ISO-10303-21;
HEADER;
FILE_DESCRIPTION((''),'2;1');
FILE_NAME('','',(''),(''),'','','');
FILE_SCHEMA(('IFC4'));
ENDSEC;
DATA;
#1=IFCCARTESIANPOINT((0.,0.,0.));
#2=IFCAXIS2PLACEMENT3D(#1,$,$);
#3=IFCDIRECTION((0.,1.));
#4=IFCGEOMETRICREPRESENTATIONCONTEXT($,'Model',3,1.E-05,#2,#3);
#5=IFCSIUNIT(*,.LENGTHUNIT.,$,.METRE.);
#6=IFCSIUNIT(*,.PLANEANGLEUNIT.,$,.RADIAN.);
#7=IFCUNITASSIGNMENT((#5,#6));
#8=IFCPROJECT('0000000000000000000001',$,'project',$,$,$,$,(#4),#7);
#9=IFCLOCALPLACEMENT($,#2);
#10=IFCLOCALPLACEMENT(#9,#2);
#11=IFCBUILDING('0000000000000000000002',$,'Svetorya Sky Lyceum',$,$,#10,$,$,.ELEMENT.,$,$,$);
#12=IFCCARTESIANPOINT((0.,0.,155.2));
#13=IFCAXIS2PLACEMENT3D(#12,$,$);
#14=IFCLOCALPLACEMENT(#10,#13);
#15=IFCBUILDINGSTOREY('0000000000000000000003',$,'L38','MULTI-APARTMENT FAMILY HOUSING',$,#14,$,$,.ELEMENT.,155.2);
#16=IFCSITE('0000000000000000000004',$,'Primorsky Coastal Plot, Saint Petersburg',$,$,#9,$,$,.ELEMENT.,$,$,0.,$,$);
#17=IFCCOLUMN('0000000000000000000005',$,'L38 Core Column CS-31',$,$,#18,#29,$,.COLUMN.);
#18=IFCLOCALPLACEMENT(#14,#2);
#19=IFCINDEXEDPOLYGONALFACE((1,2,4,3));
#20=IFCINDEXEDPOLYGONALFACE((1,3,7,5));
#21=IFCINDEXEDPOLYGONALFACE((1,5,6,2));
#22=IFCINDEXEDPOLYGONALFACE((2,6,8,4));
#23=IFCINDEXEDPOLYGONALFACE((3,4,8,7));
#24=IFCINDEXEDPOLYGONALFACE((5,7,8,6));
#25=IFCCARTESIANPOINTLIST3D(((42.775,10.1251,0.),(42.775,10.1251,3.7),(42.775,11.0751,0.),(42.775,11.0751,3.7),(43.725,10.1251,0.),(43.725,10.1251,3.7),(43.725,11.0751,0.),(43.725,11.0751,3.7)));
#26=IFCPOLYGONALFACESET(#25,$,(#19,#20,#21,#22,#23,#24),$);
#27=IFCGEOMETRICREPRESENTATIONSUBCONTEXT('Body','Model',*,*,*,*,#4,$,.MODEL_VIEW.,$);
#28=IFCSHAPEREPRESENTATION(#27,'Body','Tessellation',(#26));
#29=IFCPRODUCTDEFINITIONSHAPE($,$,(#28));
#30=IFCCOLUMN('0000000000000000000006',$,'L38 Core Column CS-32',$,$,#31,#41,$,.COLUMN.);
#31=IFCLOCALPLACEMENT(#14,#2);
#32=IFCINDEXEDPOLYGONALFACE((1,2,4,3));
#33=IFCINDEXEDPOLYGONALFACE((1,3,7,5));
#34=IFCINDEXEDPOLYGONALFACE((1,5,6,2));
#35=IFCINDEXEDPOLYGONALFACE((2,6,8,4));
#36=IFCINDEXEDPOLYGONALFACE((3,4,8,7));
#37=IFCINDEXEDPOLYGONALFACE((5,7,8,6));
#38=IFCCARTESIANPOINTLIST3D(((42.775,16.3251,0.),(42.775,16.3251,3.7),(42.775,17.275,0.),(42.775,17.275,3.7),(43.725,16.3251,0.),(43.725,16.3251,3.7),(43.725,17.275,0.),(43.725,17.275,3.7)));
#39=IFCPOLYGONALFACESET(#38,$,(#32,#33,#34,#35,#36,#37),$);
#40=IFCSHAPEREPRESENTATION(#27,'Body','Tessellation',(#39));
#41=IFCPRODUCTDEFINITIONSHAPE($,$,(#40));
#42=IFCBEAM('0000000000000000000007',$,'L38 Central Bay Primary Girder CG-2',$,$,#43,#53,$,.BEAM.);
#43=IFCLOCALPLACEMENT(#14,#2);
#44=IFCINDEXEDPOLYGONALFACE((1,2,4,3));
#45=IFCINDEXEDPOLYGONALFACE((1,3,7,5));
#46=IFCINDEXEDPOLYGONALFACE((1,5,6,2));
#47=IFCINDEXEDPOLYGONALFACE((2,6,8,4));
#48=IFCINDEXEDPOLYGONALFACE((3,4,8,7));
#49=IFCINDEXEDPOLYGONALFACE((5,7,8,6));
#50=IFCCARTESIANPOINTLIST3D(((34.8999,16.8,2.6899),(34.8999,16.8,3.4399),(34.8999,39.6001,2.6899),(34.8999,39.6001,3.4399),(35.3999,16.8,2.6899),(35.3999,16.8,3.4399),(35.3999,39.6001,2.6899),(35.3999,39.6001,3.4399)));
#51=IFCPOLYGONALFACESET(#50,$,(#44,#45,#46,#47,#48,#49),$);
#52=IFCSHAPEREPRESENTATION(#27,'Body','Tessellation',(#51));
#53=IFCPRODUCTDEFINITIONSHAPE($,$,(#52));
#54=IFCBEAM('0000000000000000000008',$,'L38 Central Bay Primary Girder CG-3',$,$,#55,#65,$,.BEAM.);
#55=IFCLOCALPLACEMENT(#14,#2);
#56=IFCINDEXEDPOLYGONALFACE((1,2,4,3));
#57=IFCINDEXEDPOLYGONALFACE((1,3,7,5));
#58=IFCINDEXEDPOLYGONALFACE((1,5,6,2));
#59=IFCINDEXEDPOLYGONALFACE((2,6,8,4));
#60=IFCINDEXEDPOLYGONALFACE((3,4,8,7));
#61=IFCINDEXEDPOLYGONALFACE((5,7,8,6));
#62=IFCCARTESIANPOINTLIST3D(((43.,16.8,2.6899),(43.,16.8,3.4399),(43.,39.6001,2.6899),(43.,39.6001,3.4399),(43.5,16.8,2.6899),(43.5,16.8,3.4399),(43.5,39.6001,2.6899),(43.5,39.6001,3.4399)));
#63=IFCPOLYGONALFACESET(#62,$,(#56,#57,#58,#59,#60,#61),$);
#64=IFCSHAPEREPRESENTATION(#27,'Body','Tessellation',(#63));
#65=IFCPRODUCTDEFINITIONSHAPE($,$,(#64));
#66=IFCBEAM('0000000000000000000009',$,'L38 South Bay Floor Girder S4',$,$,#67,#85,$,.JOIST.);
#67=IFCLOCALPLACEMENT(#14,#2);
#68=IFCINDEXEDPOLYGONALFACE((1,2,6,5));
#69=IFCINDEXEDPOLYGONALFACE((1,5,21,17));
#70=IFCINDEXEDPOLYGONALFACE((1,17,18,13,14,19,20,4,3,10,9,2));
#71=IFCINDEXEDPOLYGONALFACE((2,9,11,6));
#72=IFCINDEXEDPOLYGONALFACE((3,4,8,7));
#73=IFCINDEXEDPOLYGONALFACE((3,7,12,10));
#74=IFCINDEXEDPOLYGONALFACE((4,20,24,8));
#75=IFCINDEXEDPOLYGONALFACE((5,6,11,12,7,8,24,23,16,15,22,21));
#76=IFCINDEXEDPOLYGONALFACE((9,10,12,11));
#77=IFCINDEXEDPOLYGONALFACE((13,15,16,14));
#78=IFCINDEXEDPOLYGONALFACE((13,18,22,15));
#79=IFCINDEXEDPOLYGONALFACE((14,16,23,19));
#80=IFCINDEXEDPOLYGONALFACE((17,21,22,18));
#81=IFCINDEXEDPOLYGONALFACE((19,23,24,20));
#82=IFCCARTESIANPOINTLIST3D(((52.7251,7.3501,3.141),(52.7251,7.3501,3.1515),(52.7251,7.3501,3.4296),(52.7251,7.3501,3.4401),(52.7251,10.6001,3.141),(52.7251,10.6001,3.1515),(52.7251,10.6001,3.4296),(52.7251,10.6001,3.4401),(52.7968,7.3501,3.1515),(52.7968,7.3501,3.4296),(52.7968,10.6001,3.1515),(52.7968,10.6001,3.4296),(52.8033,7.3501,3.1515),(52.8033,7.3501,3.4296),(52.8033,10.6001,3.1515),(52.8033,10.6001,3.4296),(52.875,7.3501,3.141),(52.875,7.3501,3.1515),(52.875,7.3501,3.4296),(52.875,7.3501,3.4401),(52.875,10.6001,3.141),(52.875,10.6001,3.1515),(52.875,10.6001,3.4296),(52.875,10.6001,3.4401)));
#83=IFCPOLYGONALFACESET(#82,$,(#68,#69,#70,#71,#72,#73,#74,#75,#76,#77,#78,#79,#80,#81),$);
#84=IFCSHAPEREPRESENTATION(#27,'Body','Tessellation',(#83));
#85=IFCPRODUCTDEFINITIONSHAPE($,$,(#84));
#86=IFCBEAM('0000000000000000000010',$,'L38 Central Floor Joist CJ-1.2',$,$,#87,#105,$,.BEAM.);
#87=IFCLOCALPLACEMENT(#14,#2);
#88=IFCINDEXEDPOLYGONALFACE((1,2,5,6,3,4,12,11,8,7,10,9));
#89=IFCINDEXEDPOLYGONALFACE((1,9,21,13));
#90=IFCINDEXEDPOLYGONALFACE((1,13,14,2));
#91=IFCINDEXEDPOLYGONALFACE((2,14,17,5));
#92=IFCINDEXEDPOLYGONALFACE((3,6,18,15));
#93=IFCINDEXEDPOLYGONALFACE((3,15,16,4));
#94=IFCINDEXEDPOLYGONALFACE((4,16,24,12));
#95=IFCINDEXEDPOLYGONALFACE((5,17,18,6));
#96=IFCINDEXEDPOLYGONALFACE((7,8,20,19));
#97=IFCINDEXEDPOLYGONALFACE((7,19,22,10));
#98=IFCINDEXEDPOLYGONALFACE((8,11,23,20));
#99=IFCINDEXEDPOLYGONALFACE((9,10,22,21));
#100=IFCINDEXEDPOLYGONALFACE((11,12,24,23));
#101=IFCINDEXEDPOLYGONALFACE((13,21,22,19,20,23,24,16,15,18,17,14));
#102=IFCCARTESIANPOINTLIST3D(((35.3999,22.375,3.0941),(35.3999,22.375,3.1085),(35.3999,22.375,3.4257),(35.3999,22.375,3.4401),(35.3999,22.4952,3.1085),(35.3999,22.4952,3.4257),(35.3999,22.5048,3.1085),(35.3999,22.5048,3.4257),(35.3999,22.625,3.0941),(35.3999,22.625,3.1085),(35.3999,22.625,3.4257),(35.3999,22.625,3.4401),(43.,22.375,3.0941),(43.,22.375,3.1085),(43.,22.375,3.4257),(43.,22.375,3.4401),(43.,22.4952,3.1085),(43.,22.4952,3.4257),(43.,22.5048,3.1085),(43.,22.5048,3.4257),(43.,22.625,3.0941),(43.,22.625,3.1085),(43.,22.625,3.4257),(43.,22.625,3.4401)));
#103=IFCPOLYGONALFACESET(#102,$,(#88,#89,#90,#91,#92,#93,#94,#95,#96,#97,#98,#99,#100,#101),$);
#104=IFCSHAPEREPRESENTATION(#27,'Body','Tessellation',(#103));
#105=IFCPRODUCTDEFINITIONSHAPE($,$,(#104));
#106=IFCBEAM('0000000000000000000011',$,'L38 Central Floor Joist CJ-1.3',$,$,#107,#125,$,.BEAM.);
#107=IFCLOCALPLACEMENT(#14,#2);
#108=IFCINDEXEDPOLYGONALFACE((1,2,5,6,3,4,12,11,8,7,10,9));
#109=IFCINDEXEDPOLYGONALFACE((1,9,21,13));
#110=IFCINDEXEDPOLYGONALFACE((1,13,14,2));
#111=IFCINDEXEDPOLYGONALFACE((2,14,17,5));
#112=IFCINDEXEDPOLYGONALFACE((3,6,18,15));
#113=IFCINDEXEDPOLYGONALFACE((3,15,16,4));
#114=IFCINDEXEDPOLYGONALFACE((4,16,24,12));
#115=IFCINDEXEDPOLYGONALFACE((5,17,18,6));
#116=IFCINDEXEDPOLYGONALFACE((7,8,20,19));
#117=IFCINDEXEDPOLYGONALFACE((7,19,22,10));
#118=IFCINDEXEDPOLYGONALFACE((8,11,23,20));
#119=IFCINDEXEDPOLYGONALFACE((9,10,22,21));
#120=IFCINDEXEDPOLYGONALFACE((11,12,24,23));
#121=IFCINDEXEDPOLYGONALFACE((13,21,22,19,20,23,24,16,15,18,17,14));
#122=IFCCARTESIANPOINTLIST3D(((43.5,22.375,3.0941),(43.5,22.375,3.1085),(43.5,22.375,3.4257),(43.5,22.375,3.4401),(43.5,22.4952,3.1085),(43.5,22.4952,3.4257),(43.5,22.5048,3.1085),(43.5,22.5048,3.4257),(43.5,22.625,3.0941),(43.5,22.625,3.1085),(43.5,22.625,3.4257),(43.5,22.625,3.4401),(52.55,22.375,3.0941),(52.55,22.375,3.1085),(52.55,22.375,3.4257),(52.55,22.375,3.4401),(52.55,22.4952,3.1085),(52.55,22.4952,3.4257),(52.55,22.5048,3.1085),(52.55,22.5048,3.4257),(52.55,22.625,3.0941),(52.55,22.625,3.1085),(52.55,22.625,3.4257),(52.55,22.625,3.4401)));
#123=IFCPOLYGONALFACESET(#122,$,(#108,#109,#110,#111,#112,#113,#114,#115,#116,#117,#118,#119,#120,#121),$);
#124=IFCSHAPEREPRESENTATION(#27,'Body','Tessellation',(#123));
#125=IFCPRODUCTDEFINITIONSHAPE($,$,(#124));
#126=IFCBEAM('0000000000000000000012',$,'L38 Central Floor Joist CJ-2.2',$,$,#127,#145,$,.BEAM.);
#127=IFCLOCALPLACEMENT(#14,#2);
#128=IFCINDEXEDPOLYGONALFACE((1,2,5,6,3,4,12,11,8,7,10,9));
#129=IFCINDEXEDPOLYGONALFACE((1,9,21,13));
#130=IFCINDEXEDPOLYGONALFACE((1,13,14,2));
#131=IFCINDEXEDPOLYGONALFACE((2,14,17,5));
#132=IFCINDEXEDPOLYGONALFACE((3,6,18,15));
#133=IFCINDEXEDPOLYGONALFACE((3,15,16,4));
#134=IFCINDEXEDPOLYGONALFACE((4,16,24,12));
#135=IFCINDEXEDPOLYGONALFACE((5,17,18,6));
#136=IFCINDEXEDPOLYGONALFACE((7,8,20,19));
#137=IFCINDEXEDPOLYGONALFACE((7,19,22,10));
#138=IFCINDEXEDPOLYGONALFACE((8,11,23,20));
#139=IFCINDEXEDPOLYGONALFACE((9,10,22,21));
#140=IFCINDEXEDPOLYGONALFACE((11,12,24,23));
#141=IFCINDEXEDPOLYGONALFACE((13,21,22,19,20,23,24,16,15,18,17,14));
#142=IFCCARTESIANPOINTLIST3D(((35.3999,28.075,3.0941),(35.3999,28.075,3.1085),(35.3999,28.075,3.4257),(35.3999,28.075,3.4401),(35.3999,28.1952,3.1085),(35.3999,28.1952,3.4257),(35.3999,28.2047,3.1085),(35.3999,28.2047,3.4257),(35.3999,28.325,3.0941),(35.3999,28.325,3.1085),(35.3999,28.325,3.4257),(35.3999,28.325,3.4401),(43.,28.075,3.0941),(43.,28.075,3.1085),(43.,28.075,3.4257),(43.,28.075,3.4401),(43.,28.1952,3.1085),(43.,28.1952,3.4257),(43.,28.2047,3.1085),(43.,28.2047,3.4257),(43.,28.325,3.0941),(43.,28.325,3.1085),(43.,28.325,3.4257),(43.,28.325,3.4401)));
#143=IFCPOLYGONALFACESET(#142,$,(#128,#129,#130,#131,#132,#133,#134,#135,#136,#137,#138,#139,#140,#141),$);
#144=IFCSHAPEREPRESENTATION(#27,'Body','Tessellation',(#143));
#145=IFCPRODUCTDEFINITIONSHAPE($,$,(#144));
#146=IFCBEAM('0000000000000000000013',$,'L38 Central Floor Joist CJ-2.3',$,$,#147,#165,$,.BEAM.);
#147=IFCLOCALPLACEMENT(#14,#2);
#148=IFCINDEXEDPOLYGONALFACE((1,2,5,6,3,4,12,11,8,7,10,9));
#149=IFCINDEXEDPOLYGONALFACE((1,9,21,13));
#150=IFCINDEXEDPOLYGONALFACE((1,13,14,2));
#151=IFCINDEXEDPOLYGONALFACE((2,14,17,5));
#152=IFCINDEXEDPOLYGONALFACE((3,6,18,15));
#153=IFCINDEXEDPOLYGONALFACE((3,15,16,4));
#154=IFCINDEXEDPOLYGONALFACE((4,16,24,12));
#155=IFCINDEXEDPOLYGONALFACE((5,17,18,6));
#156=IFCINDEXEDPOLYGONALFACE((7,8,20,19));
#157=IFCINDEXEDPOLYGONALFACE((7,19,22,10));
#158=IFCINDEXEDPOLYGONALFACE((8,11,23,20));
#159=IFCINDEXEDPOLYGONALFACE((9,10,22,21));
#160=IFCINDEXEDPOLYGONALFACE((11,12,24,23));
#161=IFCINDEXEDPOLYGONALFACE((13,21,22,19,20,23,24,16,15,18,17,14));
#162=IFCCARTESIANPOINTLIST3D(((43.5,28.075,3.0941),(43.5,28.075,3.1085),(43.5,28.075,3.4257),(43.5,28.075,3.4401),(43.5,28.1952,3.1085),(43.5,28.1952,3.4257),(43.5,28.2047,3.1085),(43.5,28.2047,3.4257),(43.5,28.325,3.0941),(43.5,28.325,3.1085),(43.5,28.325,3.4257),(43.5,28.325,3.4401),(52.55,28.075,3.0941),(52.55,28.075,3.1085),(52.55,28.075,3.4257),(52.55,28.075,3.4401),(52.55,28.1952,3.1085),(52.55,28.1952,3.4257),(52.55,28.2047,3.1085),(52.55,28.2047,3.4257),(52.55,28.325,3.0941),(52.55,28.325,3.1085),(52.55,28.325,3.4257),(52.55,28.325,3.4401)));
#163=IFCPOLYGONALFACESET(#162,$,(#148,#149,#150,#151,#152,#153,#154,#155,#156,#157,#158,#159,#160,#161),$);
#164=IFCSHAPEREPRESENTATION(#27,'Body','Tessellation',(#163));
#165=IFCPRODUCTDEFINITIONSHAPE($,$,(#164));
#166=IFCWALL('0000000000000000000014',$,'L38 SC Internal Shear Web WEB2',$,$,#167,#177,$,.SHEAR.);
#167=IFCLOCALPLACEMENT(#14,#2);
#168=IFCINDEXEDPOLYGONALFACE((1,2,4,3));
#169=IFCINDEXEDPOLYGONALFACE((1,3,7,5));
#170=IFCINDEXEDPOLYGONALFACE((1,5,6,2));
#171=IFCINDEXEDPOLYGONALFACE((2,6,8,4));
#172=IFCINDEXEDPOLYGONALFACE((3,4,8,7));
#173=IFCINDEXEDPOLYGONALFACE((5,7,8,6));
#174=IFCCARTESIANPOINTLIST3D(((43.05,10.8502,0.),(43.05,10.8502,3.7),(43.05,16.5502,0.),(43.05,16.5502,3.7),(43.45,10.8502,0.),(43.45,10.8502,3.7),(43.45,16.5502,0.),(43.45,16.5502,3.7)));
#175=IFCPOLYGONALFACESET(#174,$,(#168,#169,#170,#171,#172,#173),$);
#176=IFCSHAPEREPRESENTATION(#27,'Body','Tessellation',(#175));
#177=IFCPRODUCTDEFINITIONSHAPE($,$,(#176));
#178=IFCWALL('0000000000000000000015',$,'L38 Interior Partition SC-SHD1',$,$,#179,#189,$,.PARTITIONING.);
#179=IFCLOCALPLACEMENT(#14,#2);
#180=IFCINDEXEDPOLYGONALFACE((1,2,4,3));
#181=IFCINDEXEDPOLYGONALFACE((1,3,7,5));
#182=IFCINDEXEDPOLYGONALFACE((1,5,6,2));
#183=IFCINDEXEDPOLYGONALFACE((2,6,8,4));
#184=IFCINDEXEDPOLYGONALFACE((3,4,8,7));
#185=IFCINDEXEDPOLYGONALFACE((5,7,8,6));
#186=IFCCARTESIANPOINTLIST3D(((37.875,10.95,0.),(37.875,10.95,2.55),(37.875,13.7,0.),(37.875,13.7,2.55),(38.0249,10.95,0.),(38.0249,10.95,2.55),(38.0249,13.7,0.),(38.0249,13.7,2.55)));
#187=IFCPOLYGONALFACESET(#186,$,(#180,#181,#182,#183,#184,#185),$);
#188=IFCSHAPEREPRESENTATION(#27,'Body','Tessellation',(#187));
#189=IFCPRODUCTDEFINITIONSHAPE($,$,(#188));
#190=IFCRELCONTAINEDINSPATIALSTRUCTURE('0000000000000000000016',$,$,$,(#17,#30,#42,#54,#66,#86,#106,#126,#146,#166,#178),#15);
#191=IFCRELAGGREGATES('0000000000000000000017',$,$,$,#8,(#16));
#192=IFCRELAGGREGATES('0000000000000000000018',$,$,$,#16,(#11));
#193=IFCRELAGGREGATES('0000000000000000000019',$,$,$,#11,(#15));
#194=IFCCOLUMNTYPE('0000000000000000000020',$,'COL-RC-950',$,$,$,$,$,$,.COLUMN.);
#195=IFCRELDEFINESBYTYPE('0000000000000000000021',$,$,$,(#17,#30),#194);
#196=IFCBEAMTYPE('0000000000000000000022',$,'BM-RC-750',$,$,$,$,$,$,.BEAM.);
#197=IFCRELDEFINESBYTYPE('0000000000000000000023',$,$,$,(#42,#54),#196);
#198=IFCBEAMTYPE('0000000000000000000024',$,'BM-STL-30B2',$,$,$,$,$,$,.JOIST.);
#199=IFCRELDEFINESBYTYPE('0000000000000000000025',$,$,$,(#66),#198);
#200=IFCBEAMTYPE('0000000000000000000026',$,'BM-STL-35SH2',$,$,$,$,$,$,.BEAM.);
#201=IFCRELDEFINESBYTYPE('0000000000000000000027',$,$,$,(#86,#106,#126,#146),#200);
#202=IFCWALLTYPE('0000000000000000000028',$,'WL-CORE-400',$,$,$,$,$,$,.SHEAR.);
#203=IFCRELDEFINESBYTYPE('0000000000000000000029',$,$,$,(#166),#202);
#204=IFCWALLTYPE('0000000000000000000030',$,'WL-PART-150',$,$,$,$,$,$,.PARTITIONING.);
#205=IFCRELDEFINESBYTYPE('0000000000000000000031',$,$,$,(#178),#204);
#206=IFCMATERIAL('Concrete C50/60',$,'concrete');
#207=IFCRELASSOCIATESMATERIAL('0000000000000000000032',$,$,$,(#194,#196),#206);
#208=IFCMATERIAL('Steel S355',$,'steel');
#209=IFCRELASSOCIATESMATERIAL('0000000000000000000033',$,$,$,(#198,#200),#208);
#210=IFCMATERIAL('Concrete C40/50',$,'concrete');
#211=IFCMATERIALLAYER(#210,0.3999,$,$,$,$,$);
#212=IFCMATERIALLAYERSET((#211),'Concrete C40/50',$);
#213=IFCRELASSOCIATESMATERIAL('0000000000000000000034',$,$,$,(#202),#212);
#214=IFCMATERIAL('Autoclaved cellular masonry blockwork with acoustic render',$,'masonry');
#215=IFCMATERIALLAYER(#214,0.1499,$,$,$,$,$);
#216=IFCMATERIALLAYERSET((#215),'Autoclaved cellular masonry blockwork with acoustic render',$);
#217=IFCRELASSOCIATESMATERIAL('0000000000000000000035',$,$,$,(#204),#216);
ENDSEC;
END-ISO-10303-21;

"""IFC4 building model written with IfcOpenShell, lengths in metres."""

from ifc_helpers import new_model, si_unit, direction, frame, frame_2d, origin, origin_2d, place, context, subcontext, project, spatial, rectangle, i_section, extrude, material, layer, layer_set, material_profile, profile_set, type_object, element, save


model = new_model("IFC4")

# Units and contexts
model_context = context("Model", 3, precision=1e-05, world=origin(), true_north=direction((0.0, 1.0)))
body_context = subcontext(model_context, "Body", "Model", "MODEL_VIEW")
ifc_project = project(units=[si_unit("LENGTHUNIT", "METRE"), si_unit("PLANEANGLEUNIT", "RADIAN")], contexts=[model_context])

# Site, building, storey
site_placement = place(None, origin())
site = spatial("IfcSite", under=ifc_project, at=site_placement, Name="Primorsky Coastal Plot, Saint Petersburg", CompositionType="ELEMENT", RefElevation=0.0)
building_placement = place(site_placement, origin())
building = spatial("IfcBuilding", under=site, at=building_placement, Name="Svetorya Sky Lyceum", CompositionType="ELEMENT")
storey_placement = place(building_placement, frame((0.0, 0.0, 155.2)))
storey = spatial("IfcBuildingStorey", under=building, at=storey_placement, Name="L38", Description="MULTI-APARTMENT FAMILY HOUSING", CompositionType="ELEMENT", Elevation=155.2)

# Columns
ifc_material_1 = material(Name="Concrete C50/60", Category="concrete")
ifc_material_profile_1 = material_profile(ifc_material_1, rectangle(XDim=0.95, YDim=0.95, at=origin_2d()), Name="RC COL 950x950")
ifc_profile_set_1 = profile_set([ifc_material_profile_1], Name="Concrete C50/60")
column_type = type_object("IfcColumnType", Name="COL-RC-950", PredefinedType="COLUMN", material=ifc_profile_set_1)
for number, where, z_axis, x_axis, name in (
    (1, (43.25, 10.6001, 0.0), (0.0, 0.0, 1.0), (1.0, 0.0, 0.0), "L38 Core Column CS-31"),
    (2, (43.25, 16.8, 0.0), (0.0, 0.0, 1.0), (1.0, 0.0, 0.0), "L38 Core Column CS-32"),
):
    element("IfcColumn", number, at=place(storey_placement, frame(where, z_axis=z_axis, x_axis=x_axis)), inside=storey, type_object=column_type, Name=name, PredefinedType="COLUMN", context=body_context, shape_type="SweptSolid", body=[
        extrude(rectangle(XDim=0.95, YDim=0.95, at=origin_2d()), origin(), (0.0, 0.0, 1.0), 3.7),
    ])

# Beams
ifc_material_profile_2 = material_profile(ifc_material_1, rectangle(XDim=0.5, YDim=0.75, at=origin_2d()), Name="RC BEAM 500x750")
ifc_profile_set_2 = profile_set([ifc_material_profile_2], Name="Concrete C50/60")
beam_type_1 = type_object("IfcBeamType", Name="BM-RC-750", PredefinedType="BEAM", material=ifc_profile_set_2)
for number, where, z_axis, x_axis, name in (
    (3, (35.1499, 16.8, 3.0649), (0.0, 1.0, 0.0), (-1.0, 0.0, 0.0), "L38 Central Bay Primary Girder CG-2"),
    (4, (43.25, 16.8, 3.0649), (0.0, 1.0, 0.0), (-1.0, 0.0, 0.0), "L38 Central Bay Primary Girder CG-3"),
):
    element("IfcBeam", number, at=place(storey_placement, frame(where, z_axis=z_axis, x_axis=x_axis)), inside=storey, type_object=beam_type_1, Name=name, PredefinedType="BEAM", context=body_context, shape_type="SweptSolid", body=[
        extrude(rectangle(XDim=0.5, YDim=0.75, at=origin_2d()), origin(), (0.0, 0.0, 1.0), 22.8),
    ])
ifc_material_2 = material(Name="Steel S355", Category="steel")
ifc_material_profile_3 = material_profile(ifc_material_2, i_section(OverallWidth=0.1499, OverallDepth=0.2991, WebThickness=0.0066, FlangeThickness=0.0105, at=origin_2d()), Name="GOST 30B2")
ifc_profile_set_3 = profile_set([ifc_material_profile_3], Name="Steel S355")
beam_type_2 = type_object("IfcBeamType", Name="BM-STL-30B2", PredefinedType="JOIST", material=ifc_profile_set_3)
beam_1_placement = place(storey_placement, frame((52.8, 7.3501, 3.2905), z_axis=(0.0, 1.0, 0.0), x_axis=(-1.0, 0.0, 0.0)))
element("IfcBeam", 5, at=beam_1_placement, inside=storey, type_object=beam_type_2, Name="L38 South Bay Floor Girder S4", PredefinedType="JOIST", context=body_context, shape_type="SweptSolid", body=[
    extrude(i_section(OverallWidth=0.1499, OverallDepth=0.2991, WebThickness=0.0066, FlangeThickness=0.0105, at=origin_2d()), origin(), (0.0, 0.0, 1.0), 3.25),
])
ifc_material_profile_4 = material_profile(ifc_material_2, i_section(OverallWidth=0.25, OverallDepth=0.3459, WebThickness=0.0095, FlangeThickness=0.0144, at=origin_2d()), Name="GOST 35Sh2")
ifc_profile_set_4 = profile_set([ifc_material_profile_4], Name="Steel S355")
beam_type_3 = type_object("IfcBeamType", Name="BM-STL-35SH2", PredefinedType="BEAM", material=ifc_profile_set_4)
beam_2_placement = place(storey_placement, frame((35.3999, 22.5, 3.2671), z_axis=(1.0, 0.0, 0.0), x_axis=(0.0, 1.0, 0.0)))
element("IfcBeam", 6, at=beam_2_placement, inside=storey, type_object=beam_type_3, Name="L38 Central Floor Joist CJ-1.2", PredefinedType="BEAM", context=body_context, shape_type="SweptSolid", body=[
    extrude(i_section(OverallWidth=0.25, OverallDepth=0.3459, WebThickness=0.0095, FlangeThickness=0.0144, at=origin_2d()), origin(), (0.0, 0.0, 1.0), 7.6001),
])
beam_3_placement = place(storey_placement, frame((43.5, 22.5, 3.2671), z_axis=(1.0, 0.0, 0.0), x_axis=(0.0, 1.0, 0.0)))
element("IfcBeam", 7, at=beam_3_placement, inside=storey, type_object=beam_type_3, Name="L38 Central Floor Joist CJ-1.3", PredefinedType="BEAM", context=body_context, shape_type="SweptSolid", body=[
    extrude(i_section(OverallWidth=0.25, OverallDepth=0.3459, WebThickness=0.0095, FlangeThickness=0.0144, at=origin_2d()), origin(), (0.0, 0.0, 1.0), 9.05),
])
beam_4_placement = place(storey_placement, frame((35.3999, 28.2, 3.2671), z_axis=(1.0, 0.0, 0.0), x_axis=(0.0, 1.0, 0.0)))
element("IfcBeam", 8, at=beam_4_placement, inside=storey, type_object=beam_type_3, Name="L38 Central Floor Joist CJ-2.2", PredefinedType="BEAM", context=body_context, shape_type="SweptSolid", body=[
    extrude(i_section(OverallWidth=0.25, OverallDepth=0.3459, WebThickness=0.0095, FlangeThickness=0.0144, at=origin_2d()), origin(), (0.0, 0.0, 1.0), 7.6001),
])
beam_5_placement = place(storey_placement, frame((43.5, 28.2, 3.2671), z_axis=(1.0, 0.0, 0.0), x_axis=(0.0, 1.0, 0.0)))
element("IfcBeam", 9, at=beam_5_placement, inside=storey, type_object=beam_type_3, Name="L38 Central Floor Joist CJ-2.3", PredefinedType="BEAM", context=body_context, shape_type="SweptSolid", body=[
    extrude(i_section(OverallWidth=0.25, OverallDepth=0.3459, WebThickness=0.0095, FlangeThickness=0.0144, at=origin_2d()), origin(), (0.0, 0.0, 1.0), 9.05),
])

# Walls
ifc_material_3 = material(Name="Concrete C40/50", Category="concrete")
ifc_layer_1 = layer(ifc_material_3, 0.3999)
ifc_layer_set_1 = layer_set([ifc_layer_1], Name="Concrete C40/50")
wall_type_1 = type_object("IfcWallType", Name="WL-CORE-400", PredefinedType="SHEAR", material=ifc_layer_set_1)
wall_1_placement = place(storey_placement, frame((43.25, 10.8501, 0.0), z_axis=(0.0, 0.0, 1.0), x_axis=(0.0, 1.0, 0.0)))
element("IfcWall", 10, at=wall_1_placement, inside=storey, type_object=wall_type_1, Name="L38 SC Internal Shear Web WEB2", PredefinedType="SHEAR", context=body_context, shape_type="SweptSolid", body=[
    extrude(rectangle(XDim=5.7, YDim=0.3999, at=frame_2d((2.8501, 0.0))), origin(), (0.0, 0.0, 1.0), 3.7),
])
ifc_material_4 = material(Name="Autoclaved cellular masonry blockwork with acoustic render", Category="masonry")
ifc_layer_2 = layer(ifc_material_4, 0.1499)
ifc_layer_set_2 = layer_set([ifc_layer_2], Name="Autoclaved cellular masonry blockwork with acoustic render")
wall_type_2 = type_object("IfcWallType", Name="WL-PART-150", PredefinedType="PARTITIONING", material=ifc_layer_set_2)
for number, where, z_axis, x_axis, name in (
    (11, (37.95, 10.95, 0.0), (0.0, 0.0, 1.0), (0.0, 1.0, 0.0), "L38 Interior Partition SC-SHD1"),
):
    element("IfcWall", number, at=place(storey_placement, frame(where, z_axis=z_axis, x_axis=x_axis)), inside=storey, type_object=wall_type_2, Name=name, PredefinedType="PARTITIONING", context=body_context, shape_type="SweptSolid", body=[
        extrude(rectangle(XDim=2.75, YDim=0.1499, at=frame_2d((1.375, 0.0))), origin(), (0.0, 0.0, 1.0), 2.55),
    ])

save(model, "model.ifc")
